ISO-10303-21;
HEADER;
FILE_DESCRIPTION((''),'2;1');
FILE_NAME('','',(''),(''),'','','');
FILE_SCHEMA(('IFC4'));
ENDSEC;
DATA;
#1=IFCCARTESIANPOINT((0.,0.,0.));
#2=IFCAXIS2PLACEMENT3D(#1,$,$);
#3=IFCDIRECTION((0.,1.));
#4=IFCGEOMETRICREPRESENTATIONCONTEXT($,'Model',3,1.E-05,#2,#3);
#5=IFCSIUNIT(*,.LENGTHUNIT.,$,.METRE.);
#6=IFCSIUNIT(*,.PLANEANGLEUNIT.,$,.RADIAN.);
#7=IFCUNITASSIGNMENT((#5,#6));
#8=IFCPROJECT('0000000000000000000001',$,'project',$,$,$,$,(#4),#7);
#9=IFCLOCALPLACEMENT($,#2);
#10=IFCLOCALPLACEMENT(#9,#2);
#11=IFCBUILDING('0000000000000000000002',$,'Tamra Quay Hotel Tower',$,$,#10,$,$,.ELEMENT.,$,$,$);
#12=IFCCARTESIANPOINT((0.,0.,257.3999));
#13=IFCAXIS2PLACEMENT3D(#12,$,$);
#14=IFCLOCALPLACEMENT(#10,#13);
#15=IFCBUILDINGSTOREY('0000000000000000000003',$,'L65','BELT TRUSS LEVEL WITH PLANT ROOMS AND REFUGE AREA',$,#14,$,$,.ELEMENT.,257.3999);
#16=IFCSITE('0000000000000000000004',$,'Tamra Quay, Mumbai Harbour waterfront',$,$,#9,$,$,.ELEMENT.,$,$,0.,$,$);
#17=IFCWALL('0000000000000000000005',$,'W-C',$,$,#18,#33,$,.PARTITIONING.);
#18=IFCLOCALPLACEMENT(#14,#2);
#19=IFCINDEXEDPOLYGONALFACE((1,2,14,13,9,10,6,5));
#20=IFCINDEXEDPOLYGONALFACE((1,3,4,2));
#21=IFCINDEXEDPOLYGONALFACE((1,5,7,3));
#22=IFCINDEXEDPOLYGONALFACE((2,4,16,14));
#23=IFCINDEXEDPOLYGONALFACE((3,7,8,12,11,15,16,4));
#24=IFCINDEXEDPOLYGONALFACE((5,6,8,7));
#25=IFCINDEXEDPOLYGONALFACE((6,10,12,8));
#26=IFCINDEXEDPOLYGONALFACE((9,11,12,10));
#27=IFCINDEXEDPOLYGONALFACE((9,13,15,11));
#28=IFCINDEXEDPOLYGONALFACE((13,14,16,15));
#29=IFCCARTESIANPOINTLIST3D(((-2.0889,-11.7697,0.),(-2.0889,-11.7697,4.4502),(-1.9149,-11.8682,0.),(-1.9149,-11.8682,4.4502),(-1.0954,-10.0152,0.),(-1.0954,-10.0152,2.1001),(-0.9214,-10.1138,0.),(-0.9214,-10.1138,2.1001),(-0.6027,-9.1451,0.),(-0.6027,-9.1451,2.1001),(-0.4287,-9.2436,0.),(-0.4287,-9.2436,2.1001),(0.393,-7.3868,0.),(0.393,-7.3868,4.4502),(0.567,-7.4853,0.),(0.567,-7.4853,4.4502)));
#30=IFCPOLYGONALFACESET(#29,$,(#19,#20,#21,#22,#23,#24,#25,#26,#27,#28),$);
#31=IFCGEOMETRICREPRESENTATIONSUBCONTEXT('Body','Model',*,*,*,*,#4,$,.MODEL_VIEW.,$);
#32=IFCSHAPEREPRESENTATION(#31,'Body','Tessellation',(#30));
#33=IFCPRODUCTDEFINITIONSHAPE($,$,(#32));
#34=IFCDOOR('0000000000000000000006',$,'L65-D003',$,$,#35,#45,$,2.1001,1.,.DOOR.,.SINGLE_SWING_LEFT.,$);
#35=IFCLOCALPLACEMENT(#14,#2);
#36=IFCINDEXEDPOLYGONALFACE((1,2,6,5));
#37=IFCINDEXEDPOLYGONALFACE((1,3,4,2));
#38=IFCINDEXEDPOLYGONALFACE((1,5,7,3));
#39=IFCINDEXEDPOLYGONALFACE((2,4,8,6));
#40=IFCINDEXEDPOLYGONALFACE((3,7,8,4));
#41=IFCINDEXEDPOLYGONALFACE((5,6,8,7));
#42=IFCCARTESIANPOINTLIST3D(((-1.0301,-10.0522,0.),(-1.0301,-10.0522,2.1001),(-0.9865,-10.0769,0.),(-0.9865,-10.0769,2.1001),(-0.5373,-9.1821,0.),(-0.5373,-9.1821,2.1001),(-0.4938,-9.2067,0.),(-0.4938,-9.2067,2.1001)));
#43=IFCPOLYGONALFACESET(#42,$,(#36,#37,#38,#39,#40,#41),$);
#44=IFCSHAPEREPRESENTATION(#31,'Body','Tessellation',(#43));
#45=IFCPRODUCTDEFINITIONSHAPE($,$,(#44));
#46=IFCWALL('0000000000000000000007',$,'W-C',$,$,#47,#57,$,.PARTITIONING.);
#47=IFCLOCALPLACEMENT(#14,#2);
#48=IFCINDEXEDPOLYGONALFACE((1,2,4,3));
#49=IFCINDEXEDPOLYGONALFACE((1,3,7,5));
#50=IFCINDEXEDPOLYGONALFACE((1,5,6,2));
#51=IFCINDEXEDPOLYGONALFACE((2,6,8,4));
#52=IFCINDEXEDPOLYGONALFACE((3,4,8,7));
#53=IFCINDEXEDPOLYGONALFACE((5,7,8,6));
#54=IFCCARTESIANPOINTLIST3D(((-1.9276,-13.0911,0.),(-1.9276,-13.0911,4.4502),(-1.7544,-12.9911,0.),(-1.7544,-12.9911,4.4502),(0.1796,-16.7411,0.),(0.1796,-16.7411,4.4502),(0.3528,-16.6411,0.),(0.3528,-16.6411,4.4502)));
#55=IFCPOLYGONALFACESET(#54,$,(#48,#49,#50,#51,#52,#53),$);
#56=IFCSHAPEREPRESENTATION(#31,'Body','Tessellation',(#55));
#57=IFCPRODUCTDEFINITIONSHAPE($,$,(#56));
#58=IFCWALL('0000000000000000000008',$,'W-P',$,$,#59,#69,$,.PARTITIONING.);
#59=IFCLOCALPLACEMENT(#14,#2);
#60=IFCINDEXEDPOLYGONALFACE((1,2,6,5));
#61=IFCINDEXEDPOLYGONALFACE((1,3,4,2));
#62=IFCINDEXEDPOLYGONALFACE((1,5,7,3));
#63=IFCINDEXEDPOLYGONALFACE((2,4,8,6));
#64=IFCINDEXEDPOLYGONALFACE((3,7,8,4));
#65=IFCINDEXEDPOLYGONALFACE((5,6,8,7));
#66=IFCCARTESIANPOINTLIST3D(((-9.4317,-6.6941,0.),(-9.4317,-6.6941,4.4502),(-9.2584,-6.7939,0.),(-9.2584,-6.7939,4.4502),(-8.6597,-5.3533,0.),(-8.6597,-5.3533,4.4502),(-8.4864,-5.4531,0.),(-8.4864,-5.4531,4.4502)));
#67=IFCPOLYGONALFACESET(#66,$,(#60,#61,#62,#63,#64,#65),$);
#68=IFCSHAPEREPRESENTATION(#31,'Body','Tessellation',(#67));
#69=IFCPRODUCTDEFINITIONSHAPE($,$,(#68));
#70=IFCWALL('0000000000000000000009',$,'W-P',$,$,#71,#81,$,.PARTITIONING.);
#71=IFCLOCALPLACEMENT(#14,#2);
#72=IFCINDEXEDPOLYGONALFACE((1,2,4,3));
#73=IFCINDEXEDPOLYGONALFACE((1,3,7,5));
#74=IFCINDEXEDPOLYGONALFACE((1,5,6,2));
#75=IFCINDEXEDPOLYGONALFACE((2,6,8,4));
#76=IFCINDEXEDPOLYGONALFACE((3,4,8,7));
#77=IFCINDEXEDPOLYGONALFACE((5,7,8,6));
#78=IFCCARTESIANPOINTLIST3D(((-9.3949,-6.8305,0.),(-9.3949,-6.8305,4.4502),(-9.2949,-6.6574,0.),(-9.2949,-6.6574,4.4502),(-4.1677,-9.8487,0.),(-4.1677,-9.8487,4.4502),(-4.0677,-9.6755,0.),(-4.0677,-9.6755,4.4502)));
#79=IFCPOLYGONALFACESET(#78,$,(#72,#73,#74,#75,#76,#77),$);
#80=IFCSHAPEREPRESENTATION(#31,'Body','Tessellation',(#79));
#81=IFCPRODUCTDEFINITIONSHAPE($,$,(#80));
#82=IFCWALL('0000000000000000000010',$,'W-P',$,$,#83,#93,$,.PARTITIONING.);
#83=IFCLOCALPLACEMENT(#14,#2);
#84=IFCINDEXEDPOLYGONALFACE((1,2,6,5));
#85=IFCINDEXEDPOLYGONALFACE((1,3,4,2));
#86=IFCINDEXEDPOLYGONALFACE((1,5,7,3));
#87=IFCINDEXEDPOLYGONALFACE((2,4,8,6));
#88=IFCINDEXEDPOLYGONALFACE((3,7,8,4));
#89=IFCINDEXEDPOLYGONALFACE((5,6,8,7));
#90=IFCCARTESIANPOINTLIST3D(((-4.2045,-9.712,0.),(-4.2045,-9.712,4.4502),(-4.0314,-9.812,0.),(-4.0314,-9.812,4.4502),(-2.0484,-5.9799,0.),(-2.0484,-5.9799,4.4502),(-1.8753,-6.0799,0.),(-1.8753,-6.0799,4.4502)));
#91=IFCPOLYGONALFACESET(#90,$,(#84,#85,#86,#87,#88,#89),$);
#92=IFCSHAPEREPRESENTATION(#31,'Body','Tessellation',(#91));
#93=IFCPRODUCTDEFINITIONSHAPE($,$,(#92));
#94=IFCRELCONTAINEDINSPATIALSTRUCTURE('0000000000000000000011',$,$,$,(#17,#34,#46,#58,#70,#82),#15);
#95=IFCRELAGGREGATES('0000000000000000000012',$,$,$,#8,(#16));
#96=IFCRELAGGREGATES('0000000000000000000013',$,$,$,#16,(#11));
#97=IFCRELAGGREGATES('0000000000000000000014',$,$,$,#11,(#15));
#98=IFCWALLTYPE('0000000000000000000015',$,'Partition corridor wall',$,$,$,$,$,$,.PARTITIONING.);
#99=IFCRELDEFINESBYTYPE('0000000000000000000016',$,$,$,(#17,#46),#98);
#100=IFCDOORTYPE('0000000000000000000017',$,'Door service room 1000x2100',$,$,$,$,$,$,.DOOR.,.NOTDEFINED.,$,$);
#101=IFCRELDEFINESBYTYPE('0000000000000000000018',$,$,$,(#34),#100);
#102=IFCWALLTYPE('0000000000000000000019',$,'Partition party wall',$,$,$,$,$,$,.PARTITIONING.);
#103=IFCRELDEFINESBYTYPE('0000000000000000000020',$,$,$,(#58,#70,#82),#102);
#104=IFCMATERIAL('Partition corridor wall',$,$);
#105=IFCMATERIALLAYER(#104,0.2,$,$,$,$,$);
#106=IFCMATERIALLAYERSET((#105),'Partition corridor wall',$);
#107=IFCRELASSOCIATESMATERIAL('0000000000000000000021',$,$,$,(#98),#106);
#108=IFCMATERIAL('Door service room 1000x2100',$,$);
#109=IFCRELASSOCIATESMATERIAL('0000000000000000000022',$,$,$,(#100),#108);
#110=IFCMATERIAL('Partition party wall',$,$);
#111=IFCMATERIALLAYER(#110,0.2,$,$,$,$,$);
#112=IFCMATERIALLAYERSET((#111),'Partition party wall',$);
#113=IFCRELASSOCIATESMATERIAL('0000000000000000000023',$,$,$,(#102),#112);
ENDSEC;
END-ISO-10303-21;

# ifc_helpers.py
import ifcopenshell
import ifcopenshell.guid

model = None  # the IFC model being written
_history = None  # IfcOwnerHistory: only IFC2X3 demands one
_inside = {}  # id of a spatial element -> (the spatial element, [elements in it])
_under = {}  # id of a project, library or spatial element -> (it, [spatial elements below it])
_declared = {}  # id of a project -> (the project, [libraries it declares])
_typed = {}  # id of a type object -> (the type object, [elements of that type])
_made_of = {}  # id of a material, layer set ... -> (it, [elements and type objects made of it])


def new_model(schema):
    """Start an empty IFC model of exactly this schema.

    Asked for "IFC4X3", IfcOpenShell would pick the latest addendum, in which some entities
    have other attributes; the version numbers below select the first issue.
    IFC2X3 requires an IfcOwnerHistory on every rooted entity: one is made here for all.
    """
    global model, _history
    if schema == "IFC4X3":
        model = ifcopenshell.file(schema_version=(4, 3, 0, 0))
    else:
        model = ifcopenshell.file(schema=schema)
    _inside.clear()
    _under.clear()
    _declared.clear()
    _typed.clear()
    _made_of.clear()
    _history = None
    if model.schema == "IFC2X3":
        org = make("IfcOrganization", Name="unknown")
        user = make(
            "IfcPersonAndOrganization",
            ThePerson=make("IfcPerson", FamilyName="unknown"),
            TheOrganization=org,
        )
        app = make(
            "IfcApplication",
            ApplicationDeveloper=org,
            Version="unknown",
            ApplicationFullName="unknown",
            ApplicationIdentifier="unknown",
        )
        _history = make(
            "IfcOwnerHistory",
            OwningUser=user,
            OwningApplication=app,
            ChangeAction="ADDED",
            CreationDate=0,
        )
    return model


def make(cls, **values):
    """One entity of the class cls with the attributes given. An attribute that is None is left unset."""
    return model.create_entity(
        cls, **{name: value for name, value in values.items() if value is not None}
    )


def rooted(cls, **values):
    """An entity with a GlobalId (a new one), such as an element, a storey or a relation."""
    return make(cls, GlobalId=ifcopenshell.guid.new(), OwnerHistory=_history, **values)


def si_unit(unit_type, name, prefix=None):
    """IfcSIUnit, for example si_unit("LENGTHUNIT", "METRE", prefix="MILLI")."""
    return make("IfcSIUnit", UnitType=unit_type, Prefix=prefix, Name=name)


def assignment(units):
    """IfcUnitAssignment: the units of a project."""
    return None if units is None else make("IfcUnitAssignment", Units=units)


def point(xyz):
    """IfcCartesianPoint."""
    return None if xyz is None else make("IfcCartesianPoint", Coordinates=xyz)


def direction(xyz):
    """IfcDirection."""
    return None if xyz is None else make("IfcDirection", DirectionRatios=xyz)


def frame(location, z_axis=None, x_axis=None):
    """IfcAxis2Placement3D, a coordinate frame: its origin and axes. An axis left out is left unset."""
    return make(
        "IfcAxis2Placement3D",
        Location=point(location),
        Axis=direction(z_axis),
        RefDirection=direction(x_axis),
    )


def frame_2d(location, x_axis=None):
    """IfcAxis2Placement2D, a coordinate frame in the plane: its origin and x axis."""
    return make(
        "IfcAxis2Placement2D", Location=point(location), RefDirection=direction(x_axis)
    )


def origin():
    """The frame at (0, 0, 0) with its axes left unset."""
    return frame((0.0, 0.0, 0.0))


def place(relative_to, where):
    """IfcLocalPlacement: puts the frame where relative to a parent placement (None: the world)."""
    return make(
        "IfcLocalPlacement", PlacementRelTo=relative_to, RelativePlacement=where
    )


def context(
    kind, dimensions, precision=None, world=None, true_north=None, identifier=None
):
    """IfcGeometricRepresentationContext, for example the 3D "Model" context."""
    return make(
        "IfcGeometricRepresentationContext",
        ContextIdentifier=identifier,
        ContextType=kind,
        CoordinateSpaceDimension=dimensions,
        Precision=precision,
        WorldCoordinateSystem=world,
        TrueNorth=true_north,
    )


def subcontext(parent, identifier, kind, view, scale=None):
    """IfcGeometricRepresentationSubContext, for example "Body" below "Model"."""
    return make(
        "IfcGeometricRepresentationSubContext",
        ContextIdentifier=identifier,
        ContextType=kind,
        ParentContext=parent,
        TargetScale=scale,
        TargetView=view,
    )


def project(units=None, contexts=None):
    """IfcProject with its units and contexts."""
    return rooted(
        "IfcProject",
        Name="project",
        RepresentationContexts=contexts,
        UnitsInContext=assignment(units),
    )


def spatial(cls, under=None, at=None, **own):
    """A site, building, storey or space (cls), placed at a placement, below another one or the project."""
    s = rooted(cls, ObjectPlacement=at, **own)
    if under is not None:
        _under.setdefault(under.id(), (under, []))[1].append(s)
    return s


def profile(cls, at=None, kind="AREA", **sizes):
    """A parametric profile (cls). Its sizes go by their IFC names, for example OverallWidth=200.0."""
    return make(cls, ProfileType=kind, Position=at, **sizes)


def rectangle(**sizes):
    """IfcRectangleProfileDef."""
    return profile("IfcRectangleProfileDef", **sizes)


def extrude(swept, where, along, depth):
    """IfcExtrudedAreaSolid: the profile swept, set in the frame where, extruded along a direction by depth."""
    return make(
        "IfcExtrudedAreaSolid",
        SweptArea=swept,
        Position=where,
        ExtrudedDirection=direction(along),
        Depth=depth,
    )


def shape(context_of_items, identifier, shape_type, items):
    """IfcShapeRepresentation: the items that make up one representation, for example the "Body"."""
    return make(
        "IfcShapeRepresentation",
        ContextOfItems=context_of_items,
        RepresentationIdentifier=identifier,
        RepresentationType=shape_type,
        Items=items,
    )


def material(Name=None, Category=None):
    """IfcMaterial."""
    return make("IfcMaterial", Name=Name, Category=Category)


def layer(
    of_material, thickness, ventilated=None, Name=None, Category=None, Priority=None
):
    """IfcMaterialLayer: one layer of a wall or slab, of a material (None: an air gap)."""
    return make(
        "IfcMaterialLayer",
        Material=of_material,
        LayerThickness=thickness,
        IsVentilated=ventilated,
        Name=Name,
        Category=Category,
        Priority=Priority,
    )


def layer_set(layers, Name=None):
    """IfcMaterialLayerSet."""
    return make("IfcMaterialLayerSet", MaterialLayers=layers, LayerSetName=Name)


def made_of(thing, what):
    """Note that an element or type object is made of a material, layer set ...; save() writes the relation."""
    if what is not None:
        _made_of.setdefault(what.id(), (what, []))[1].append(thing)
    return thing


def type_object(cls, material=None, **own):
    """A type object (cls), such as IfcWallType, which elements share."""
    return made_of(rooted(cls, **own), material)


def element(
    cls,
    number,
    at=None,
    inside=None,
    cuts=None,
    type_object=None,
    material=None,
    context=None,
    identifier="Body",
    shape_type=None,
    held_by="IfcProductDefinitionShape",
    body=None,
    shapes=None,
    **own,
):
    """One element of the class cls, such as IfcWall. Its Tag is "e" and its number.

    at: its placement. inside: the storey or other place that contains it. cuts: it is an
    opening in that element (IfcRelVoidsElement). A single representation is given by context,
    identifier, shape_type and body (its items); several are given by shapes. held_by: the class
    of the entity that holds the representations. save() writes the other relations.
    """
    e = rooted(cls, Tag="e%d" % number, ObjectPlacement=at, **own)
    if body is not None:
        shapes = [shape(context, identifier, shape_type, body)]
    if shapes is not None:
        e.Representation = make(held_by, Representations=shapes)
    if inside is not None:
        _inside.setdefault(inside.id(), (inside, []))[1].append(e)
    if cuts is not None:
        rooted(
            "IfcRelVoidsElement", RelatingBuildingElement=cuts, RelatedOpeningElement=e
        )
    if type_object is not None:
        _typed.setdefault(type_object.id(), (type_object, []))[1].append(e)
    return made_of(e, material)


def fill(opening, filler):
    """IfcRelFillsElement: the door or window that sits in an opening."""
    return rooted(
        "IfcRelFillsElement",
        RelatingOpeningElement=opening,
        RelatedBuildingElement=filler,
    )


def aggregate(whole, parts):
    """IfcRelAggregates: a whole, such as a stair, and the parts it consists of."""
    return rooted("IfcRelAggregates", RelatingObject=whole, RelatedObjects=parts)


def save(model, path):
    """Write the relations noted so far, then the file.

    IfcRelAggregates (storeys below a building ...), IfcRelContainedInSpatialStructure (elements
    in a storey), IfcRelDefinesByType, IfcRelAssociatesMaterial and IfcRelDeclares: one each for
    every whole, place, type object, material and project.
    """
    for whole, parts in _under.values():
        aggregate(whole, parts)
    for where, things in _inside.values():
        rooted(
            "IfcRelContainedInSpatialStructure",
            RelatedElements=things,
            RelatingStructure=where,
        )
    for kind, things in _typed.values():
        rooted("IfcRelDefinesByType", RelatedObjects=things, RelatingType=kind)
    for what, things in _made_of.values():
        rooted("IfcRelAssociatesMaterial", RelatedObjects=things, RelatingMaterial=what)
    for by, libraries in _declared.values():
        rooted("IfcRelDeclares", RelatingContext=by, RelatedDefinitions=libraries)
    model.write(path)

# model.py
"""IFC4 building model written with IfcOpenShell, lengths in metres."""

from ifc_helpers import new_model, si_unit, direction, frame, frame_2d, origin, place, context, subcontext, project, spatial, rectangle, extrude, material, layer, layer_set, type_object, element, fill, save


model = new_model("IFC4")

# Units and contexts
model_context = context("Model", 3, precision=1e-05, world=origin(), true_north=direction((0.0, 1.0)))
body_context = subcontext(model_context, "Body", "Model", "MODEL_VIEW")
ifc_project = project(units=[si_unit("LENGTHUNIT", "METRE"), si_unit("PLANEANGLEUNIT", "RADIAN")], contexts=[model_context])

# Site, building, storey
site_placement = place(None, origin())
site = spatial("IfcSite", under=ifc_project, at=site_placement, Name="Tamra Quay, Mumbai Harbour waterfront", CompositionType="ELEMENT", RefElevation=0.0)
building_placement = place(site_placement, origin())
building = spatial("IfcBuilding", under=site, at=building_placement, Name="Tamra Quay Hotel Tower", CompositionType="ELEMENT")
storey_placement = place(building_placement, frame((0.0, 0.0, 257.3999)))
storey = spatial("IfcBuildingStorey", under=building, at=storey_placement, Name="L65", Description="BELT TRUSS LEVEL WITH PLANT ROOMS AND REFUGE AREA", CompositionType="ELEMENT", Elevation=257.3999)

# Shared definitions
ifc_material_1 = material(Name="Partition corridor wall")
ifc_layer_1 = layer(ifc_material_1, 0.2)
ifc_layer_set_1 = layer_set([ifc_layer_1], Name="Partition corridor wall")
wall_type_1 = type_object("IfcWallType", Name="Partition corridor wall", PredefinedType="PARTITIONING", material=ifc_layer_set_1)

# Wall, opening, door
wall_1_placement = place(storey_placement, frame((-2.002, -11.8191, 0.0), z_axis=(0.0, 0.0, 1.0), x_axis=(0.492742, 0.870175, 0.0)))
wall_1 = element("IfcWall", 1, at=wall_1_placement, inside=storey, type_object=wall_type_1, Name="W-C", PredefinedType="PARTITIONING", context=body_context, shape_type="SweptSolid", body=[
    extrude(rectangle(XDim=5.0369, YDim=0.2, at=frame_2d((2.5186, 0.0))), origin(), (0.0, 0.0, 1.0), 4.4502),
])
opening_1_placement = place(wall_1_placement, frame((2.0164, 0.0, 0.0)))
opening_1 = element("IfcOpeningElement", 2, at=opening_1_placement, cuts=wall_1, PredefinedType="OPENING", context=body_context, shape_type="SweptSolid", body=[
    extrude(rectangle(XDim=1.0, YDim=2.1001, at=frame_2d((0.5, 1.05))), frame((0.0, 0.1099, 0.0), z_axis=(0.0, -1.0, 0.0), x_axis=(1.0, 0.0, 0.0)), (0.0, 0.0, 1.0), 0.22),
])
ifc_material_2 = material(Name="Door service room 1000x2100")
door_type_1 = type_object("IfcDoorType", Name="Door service room 1000x2100", OperationType="NOTDEFINED", PredefinedType="DOOR", material=ifc_material_2)
door_1_placement = place(opening_1_placement, origin())
door_1 = element("IfcDoor", 3, at=door_1_placement, inside=storey, type_object=door_type_1, Name="L65-D003", OperationType="SINGLE_SWING_LEFT", OverallHeight=2.1001, OverallWidth=1.0, PredefinedType="DOOR", context=body_context, shape_type="SweptSolid", body=[
    extrude(rectangle(XDim=1.0, YDim=2.1001, at=frame_2d((0.5, 1.05))), frame((0.0, 0.0249, 0.0), z_axis=(0.0, -1.0, 0.0), x_axis=(1.0, 0.0, 0.0)), (0.0, 0.0, 1.0), 0.05),
])
fill(opening_1, door_1)

# Walls
wall_2_placement = place(storey_placement, frame((-1.8411, -13.041, 0.0), z_axis=(0.0, 0.0, 1.0), x_axis=(0.499983, -0.866035, 0.0)))
element("IfcWall", 4, at=wall_2_placement, inside=storey, type_object=wall_type_1, Name="W-C", PredefinedType="PARTITIONING", context=body_context, shape_type="SweptSolid", body=[
    extrude(rectangle(XDim=4.2146, YDim=0.2, at=frame_2d((2.1074, 0.0))), origin(), (0.0, 0.0, 1.0), 4.4502),
])
ifc_material_3 = material(Name="Partition party wall")
ifc_layer_2 = layer(ifc_material_3, 0.2)
ifc_layer_set_2 = layer_set([ifc_layer_2], Name="Partition party wall")
wall_type_2 = type_object("IfcWallType", Name="Partition party wall", PredefinedType="PARTITIONING", material=ifc_layer_set_2)
wall_3_placement = place(storey_placement, frame((-9.345, -6.7439, 0.0), z_axis=(0.0, 0.0, 1.0), x_axis=(0.498957, 0.866627, 0.0)))
element("IfcWall", 5, at=wall_3_placement, inside=storey, type_object=wall_type_2, Name="W-P", PredefinedType="PARTITIONING", context=body_context, shape_type="SweptSolid", body=[
    extrude(rectangle(XDim=1.5471, YDim=0.2, at=frame_2d((0.7734, 0.0))), origin(), (0.0, 0.0, 1.0), 4.4502),
])
wall_4_placement = place(storey_placement, frame((-9.345, -6.7439, 0.0), z_axis=(0.0, 0.0, 1.0), x_axis=(0.866009, -0.500028, 0.0)))
element("IfcWall", 6, at=wall_4_placement, inside=storey, type_object=wall_type_2, Name="W-P", PredefinedType="PARTITIONING", context=body_context, shape_type="SweptSolid", body=[
    extrude(rectangle(XDim=6.0359, YDim=0.2, at=frame_2d((3.0181, 0.0))), origin(), (0.0, 0.0, 1.0), 4.4502),
])
wall_5_placement = place(storey_placement, frame((-4.1179, -9.762, 0.0), z_axis=(0.0, 0.0, 1.0), x_axis=(0.500239, 0.865887, 0.0)))
element("IfcWall", 7, at=wall_5_placement, inside=storey, type_object=wall_type_2, Name="W-P", PredefinedType="PARTITIONING", context=body_context, shape_type="SweptSolid", body=[
    extrude(rectangle(XDim=4.3101, YDim=0.2, at=frame_2d((2.155, 0.0))), origin(), (0.0, 0.0, 1.0), 4.4502),
])

save(model, "model.ifc")
